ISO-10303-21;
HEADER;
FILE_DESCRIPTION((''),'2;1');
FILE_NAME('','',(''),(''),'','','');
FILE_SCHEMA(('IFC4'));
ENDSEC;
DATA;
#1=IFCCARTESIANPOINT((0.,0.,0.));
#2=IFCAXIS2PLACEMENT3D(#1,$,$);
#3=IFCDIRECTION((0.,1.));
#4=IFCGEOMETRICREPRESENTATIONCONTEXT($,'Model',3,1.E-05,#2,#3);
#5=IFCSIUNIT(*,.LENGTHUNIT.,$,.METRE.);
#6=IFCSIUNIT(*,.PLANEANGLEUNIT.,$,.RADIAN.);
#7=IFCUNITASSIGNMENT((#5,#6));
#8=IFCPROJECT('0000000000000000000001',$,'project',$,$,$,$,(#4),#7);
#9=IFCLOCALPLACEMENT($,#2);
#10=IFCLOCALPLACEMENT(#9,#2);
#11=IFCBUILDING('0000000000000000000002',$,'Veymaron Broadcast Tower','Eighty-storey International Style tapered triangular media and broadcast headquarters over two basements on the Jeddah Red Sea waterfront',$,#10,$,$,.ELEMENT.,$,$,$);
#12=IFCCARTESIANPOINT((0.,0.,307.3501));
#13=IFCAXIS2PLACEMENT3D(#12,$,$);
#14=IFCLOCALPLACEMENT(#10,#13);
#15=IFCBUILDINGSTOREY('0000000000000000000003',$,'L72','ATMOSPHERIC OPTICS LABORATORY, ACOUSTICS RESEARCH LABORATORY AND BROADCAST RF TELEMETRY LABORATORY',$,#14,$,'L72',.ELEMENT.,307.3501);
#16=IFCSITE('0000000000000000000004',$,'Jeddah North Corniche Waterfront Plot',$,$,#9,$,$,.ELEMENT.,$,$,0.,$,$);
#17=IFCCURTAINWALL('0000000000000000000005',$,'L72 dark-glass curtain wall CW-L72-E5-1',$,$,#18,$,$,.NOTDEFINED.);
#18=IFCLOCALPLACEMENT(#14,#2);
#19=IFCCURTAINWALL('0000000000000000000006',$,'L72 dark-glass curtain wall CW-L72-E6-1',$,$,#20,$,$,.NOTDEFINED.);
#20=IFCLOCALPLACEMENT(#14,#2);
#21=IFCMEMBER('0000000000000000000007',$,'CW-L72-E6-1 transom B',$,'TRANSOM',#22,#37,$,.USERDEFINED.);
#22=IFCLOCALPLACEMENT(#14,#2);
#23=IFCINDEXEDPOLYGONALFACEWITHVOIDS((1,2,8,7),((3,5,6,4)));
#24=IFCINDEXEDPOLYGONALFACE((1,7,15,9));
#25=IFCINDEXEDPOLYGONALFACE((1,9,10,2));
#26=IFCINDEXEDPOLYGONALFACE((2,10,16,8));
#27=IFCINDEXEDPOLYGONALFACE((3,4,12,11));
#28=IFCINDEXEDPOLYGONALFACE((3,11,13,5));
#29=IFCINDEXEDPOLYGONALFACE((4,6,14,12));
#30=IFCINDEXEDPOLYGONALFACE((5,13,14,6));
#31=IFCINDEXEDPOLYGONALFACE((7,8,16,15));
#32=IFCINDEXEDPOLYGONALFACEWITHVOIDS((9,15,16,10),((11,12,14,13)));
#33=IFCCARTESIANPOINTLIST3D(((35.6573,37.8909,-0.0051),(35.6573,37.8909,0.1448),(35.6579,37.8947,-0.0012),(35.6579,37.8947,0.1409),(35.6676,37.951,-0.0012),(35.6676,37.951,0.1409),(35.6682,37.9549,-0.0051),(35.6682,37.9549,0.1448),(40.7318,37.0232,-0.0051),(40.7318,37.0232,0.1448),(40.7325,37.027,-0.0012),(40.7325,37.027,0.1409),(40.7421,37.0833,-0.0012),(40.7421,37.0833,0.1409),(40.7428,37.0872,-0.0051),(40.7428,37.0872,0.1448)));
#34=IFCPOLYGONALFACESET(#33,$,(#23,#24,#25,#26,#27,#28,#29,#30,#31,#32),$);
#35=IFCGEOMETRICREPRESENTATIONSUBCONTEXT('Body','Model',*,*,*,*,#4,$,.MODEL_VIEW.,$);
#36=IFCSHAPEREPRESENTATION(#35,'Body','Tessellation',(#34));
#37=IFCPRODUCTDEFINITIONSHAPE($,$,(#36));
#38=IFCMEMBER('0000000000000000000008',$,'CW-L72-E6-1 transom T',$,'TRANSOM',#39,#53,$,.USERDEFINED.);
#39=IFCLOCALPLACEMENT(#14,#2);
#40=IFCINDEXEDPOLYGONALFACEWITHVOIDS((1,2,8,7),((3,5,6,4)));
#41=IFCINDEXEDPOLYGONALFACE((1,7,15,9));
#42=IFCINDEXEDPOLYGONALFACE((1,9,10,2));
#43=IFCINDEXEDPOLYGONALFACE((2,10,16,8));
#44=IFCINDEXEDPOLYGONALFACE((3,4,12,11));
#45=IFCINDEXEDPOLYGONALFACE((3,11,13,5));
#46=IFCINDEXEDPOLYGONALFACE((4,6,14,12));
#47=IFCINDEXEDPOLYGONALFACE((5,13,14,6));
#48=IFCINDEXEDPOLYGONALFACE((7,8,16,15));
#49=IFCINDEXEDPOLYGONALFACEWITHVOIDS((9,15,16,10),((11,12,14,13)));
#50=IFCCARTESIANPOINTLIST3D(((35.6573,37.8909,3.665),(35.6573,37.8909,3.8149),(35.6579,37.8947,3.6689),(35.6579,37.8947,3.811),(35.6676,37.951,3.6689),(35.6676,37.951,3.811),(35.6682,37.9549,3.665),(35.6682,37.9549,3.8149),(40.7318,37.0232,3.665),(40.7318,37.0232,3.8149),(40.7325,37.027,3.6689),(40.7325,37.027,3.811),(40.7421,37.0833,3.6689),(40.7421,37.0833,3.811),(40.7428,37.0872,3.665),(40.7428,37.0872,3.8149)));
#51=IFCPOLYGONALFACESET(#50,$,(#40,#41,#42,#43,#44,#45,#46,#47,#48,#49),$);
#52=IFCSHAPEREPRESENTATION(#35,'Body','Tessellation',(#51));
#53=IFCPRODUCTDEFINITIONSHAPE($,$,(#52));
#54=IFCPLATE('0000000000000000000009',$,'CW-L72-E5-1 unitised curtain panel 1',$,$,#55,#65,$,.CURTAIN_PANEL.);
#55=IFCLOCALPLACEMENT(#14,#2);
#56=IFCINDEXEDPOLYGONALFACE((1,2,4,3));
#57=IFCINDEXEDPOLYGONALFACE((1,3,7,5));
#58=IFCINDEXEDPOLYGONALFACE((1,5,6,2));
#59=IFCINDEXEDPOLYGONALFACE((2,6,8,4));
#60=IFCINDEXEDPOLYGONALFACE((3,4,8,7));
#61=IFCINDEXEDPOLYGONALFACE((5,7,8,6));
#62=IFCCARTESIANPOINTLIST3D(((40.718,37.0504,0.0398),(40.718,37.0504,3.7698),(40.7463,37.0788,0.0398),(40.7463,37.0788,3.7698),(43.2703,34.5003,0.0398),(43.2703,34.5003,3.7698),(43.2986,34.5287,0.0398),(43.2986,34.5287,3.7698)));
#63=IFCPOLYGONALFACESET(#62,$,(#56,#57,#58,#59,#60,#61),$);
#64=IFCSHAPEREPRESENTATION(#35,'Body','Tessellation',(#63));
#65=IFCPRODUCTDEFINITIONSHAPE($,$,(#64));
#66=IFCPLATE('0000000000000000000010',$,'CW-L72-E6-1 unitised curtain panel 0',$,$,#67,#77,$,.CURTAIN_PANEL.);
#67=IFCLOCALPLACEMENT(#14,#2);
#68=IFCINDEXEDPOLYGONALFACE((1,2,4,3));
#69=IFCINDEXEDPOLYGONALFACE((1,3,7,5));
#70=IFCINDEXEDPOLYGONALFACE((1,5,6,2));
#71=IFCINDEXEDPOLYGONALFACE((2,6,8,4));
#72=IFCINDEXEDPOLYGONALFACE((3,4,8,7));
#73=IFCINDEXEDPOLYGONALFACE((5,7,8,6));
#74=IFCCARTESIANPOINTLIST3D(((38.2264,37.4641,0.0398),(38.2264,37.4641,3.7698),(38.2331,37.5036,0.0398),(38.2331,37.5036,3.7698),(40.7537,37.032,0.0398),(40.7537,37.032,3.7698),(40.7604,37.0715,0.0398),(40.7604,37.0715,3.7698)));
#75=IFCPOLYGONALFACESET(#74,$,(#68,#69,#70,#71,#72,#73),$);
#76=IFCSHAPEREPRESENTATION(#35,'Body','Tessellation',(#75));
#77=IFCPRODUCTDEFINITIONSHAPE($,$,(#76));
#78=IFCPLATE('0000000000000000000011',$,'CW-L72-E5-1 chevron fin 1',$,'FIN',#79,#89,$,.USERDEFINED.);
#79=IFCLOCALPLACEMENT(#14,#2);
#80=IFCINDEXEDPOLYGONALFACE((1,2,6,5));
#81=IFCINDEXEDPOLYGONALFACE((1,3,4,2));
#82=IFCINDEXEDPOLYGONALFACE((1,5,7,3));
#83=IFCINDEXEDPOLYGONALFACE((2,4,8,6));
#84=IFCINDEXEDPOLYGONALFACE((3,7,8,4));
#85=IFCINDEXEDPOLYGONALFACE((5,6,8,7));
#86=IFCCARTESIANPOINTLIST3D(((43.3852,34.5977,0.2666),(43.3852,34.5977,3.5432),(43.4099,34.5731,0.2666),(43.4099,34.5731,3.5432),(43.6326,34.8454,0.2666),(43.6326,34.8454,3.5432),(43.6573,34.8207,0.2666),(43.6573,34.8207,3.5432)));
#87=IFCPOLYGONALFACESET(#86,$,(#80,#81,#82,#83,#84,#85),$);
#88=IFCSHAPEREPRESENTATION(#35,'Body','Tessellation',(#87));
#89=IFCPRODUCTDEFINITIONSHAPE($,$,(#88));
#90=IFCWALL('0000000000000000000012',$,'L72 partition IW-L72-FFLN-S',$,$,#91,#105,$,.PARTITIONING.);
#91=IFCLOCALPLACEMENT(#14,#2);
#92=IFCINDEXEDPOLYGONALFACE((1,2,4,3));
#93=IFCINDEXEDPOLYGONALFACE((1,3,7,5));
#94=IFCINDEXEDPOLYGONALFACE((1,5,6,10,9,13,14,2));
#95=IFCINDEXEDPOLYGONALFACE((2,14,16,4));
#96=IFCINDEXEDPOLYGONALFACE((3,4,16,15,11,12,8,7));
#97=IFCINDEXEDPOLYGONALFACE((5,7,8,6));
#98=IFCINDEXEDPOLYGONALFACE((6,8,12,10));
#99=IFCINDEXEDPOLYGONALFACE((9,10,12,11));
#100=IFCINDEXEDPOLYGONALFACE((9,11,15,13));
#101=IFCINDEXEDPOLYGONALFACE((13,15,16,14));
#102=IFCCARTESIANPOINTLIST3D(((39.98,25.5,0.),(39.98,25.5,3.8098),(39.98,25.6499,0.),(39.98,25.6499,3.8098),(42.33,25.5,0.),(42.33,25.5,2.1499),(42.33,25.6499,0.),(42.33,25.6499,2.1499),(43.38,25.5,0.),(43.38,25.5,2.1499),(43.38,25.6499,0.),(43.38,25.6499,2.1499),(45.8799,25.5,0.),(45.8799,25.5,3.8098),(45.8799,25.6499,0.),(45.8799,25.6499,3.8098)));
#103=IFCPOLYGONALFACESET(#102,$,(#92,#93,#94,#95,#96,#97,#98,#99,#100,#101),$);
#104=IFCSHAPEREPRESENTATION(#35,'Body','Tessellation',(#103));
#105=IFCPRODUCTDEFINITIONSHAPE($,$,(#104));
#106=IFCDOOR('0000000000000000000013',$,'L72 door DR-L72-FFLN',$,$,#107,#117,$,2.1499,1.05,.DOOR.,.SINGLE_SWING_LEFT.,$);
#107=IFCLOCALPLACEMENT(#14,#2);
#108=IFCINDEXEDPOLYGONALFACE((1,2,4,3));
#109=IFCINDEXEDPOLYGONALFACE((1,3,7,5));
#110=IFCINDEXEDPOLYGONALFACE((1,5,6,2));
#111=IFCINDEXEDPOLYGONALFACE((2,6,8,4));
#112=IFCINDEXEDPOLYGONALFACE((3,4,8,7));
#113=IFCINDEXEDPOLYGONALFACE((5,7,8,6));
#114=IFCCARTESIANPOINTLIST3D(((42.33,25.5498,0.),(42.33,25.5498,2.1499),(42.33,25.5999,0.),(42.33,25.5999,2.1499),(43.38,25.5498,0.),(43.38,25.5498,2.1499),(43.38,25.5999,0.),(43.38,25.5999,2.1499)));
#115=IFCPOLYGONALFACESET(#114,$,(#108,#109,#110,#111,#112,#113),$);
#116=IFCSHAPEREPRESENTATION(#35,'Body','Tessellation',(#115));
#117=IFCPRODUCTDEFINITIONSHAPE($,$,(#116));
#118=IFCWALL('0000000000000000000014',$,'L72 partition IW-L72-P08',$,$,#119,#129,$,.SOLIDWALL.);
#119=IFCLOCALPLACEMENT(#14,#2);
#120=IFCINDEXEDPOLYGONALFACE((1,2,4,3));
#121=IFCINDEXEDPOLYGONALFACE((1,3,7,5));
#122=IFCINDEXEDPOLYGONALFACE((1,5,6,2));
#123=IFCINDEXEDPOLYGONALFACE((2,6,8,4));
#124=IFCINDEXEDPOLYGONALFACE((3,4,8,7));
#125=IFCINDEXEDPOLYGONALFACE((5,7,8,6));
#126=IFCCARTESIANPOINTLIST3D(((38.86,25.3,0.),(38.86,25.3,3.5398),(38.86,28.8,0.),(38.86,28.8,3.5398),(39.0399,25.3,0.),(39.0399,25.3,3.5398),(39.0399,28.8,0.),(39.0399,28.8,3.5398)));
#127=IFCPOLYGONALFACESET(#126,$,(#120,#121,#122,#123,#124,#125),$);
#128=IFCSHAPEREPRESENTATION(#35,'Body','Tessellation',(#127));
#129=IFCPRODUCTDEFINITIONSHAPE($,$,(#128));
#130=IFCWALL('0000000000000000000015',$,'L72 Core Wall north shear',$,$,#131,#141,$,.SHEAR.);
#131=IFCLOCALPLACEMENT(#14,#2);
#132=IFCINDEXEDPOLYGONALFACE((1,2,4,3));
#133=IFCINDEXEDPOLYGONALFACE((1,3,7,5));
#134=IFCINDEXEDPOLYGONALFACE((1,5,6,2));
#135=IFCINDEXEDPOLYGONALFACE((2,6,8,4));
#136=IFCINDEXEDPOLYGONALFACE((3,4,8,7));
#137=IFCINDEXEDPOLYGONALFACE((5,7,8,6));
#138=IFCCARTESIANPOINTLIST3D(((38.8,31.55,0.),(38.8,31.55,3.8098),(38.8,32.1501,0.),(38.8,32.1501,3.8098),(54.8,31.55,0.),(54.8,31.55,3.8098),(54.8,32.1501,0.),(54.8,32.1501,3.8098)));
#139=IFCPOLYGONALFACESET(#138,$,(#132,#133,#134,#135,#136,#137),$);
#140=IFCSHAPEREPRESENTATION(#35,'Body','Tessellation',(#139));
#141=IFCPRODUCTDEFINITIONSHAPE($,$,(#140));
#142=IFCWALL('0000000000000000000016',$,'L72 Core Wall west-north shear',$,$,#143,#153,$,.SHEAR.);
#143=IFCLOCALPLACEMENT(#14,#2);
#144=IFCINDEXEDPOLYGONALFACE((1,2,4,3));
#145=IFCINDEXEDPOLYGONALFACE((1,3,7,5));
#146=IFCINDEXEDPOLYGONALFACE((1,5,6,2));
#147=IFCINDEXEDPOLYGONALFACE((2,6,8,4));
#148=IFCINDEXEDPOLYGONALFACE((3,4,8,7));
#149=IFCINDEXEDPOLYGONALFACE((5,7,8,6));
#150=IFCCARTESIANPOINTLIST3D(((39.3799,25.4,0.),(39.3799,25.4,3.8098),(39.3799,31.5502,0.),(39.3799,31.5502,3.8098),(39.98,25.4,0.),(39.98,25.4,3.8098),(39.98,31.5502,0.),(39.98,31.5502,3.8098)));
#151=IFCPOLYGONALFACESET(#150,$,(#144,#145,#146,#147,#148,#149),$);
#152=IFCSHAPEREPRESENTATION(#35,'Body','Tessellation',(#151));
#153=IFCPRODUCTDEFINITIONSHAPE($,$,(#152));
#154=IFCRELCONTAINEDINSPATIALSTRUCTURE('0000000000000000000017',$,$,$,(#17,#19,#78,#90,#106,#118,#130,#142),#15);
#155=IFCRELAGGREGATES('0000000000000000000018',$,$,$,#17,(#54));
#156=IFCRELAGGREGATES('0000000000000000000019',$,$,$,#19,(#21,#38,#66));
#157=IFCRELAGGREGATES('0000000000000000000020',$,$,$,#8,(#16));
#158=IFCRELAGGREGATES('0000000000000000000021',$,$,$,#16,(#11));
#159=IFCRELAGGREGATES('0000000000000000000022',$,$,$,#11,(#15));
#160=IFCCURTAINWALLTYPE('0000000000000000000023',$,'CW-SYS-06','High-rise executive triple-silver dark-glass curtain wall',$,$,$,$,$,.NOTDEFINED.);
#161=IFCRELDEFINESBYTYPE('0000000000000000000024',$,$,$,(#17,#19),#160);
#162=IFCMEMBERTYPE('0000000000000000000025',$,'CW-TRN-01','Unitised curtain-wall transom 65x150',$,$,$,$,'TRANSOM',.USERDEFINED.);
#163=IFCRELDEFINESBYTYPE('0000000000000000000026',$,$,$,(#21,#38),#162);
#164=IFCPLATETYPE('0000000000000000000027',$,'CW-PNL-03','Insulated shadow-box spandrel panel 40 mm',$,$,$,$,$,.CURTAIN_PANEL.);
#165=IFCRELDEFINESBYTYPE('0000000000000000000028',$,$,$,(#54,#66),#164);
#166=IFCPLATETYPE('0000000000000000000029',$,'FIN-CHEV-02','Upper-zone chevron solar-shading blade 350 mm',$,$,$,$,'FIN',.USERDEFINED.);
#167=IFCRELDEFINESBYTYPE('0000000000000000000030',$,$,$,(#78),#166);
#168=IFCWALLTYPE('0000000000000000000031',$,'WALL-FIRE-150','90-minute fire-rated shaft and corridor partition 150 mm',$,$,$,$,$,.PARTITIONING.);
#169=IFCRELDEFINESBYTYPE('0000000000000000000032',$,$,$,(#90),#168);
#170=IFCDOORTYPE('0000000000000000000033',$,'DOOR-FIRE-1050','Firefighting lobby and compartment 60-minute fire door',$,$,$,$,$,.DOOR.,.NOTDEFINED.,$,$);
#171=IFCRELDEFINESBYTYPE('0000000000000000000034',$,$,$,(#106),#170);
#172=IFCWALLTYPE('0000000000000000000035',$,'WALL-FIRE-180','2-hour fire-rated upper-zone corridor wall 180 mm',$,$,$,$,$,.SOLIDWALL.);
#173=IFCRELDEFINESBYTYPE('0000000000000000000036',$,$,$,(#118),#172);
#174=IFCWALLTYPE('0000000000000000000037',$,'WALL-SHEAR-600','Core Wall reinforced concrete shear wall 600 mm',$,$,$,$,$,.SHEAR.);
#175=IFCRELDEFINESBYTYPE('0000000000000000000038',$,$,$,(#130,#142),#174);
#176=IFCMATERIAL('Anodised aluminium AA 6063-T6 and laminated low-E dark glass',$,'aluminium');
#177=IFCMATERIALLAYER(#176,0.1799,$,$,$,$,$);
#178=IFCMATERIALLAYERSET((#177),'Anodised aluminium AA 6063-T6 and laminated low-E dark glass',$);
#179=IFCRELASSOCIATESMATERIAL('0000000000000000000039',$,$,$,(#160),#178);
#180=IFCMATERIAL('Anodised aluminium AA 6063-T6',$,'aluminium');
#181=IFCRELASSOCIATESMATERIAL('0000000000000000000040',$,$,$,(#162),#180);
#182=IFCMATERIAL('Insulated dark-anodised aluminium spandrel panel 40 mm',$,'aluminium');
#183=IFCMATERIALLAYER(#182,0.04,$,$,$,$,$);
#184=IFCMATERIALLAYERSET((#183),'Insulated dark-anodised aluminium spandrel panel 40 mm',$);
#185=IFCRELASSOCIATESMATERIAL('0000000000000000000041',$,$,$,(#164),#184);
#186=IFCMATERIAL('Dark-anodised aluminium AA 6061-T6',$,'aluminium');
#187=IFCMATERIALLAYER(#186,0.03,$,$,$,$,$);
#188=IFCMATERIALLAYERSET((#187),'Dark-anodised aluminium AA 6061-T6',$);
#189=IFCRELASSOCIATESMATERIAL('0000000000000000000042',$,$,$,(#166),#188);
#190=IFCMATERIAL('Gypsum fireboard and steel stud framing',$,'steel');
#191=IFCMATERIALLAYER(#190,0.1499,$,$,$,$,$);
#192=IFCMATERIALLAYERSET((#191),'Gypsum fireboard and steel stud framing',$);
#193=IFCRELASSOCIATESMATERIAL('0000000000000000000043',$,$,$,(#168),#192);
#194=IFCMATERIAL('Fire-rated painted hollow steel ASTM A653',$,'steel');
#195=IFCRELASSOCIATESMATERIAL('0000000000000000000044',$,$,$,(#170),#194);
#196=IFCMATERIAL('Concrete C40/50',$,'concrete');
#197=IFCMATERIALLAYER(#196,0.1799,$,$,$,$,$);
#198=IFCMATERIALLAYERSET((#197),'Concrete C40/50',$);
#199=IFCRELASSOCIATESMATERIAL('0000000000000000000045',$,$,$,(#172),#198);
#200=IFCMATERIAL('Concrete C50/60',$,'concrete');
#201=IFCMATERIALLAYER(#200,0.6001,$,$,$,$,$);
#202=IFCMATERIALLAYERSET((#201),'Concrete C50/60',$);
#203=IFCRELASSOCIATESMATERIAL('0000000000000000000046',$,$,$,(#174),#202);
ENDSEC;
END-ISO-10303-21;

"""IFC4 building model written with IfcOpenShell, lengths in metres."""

from ifc_helpers import new_model, si_unit, direction, frame, frame_2d, origin, origin_2d, place, context, subcontext, project, spatial, rectangle, hollow_rectangle, extrude, material, layer, layer_set, material_profile, profile_set, type_object, element, fill, aggregate, save


model = new_model("IFC4")

# Units and contexts
model_context = context("Model", 3, precision=1e-05, world=origin(), true_north=direction((0.0, 1.0)))
body_context = subcontext(model_context, "Body", "Model", "MODEL_VIEW")
ifc_project = project(units=[si_unit("LENGTHUNIT", "METRE"), si_unit("PLANEANGLEUNIT", "RADIAN")], contexts=[model_context])

# Site, building, storey
site_placement = place(None, origin())
site = spatial("IfcSite", under=ifc_project, at=site_placement, Name="Jeddah North Corniche Waterfront Plot", CompositionType="ELEMENT", RefElevation=0.0)
building_placement = place(site_placement, origin())
building = spatial("IfcBuilding", under=site, at=building_placement, Name="Veymaron Broadcast Tower", Description="Eighty-storey International Style tapered triangular media and broadcast headquarters over two basements on the Jeddah Red Sea waterfront", CompositionType="ELEMENT")
storey_placement = place(building_placement, frame((0.0, 0.0, 307.3501)))
storey = spatial("IfcBuildingStorey", under=building, at=storey_placement, Name="L72", Description="ATMOSPHERIC OPTICS LABORATORY, ACOUSTICS RESEARCH LABORATORY AND BROADCAST RF TELEMETRY LABORATORY", LongName="L72", CompositionType="ELEMENT", Elevation=307.3501)

# Curtain walls, members
ifc_material_1 = material(Name="Anodised aluminium AA 6063-T6 and laminated low-E dark glass", Category="aluminium")
ifc_layer_1 = layer(ifc_material_1, 0.1799)
ifc_layer_set_1 = layer_set([ifc_layer_1], Name="Anodised aluminium AA 6063-T6 and laminated low-E dark glass")
curtain_wall_type = type_object("IfcCurtainWallType", Name="CW-SYS-06", Description="High-rise executive triple-silver dark-glass curtain wall", PredefinedType="NOTDEFINED", material=ifc_layer_set_1)
curtain_wall_1_placement = place(storey_placement, origin())
curtain_wall_1 = element("IfcCurtainWall", 1, at=curtain_wall_1_placement, inside=storey, type_object=curtain_wall_type, Name="L72 dark-glass curtain wall CW-L72-E5-1", PredefinedType="NOTDEFINED")
ifc_material_2 = material(Name="Anodised aluminium AA 6063-T6", Category="aluminium")
curtain_wall_2_placement = place(storey_placement, origin())
curtain_wall_2 = element("IfcCurtainWall", 2, at=curtain_wall_2_placement, inside=storey, type_object=curtain_wall_type, Name="L72 dark-glass curtain wall CW-L72-E6-1", PredefinedType="NOTDEFINED")
ifc_material_profile_1 = material_profile(ifc_material_2, hollow_rectangle(XDim=0.0649, YDim=0.1499, WallThickness=0.0039, at=origin_2d()), Name="AL150X65X4")
ifc_profile_set_1 = profile_set([ifc_material_profile_1], Name="Anodised aluminium AA 6063-T6")
member_type_1 = type_object("IfcMemberType", Name="CW-TRN-01", Description="Unitised curtain-wall transom 65x150", ElementType="TRANSOM", PredefinedType="USERDEFINED", material=ifc_profile_set_1)
member_1_placement = place(storey_placement, frame((40.7373, 37.0552, 0.0698), z_axis=(-0.985694, 0.168543, 0.0), x_axis=(-0.168543, -0.985694, 0.0)))
member_1 = element("IfcMember", 3, at=member_1_placement, type_object=member_type_1, Name="CW-L72-E6-1 transom B", ObjectType="TRANSOM", PredefinedType="USERDEFINED", context=body_context, shape_type="SweptSolid", body=[
    extrude(hollow_rectangle(XDim=0.0649, YDim=0.1499, WallThickness=0.0039, at=origin_2d()), origin(), (0.0, 0.0, 1.0), 5.1482),
])
member_2_placement = place(storey_placement, frame((40.7373, 37.0552, 3.74), z_axis=(-0.985694, 0.168543, 0.0), x_axis=(-0.168543, -0.985694, 0.0)))
member_2 = element("IfcMember", 4, at=member_2_placement, type_object=member_type_1, Name="CW-L72-E6-1 transom T", ObjectType="TRANSOM", PredefinedType="USERDEFINED", context=body_context, shape_type="SweptSolid", body=[
    extrude(hollow_rectangle(XDim=0.0649, YDim=0.1499, WallThickness=0.0039, at=origin_2d()), origin(), (0.0, 0.0, 1.0), 5.1482),
])

# Plates
ifc_material_3 = material(Name="Insulated dark-anodised aluminium spandrel panel 40 mm", Category="aluminium")
ifc_layer_2 = layer(ifc_material_3, 0.04)
ifc_layer_set_2 = layer_set([ifc_layer_2], Name="Insulated dark-anodised aluminium spandrel panel 40 mm")
plate_type_1 = type_object("IfcPlateType", Name="CW-PNL-03", Description="Insulated shadow-box spandrel panel 40 mm", PredefinedType="CURTAIN_PANEL", material=ifc_layer_set_2)
plate_1_placement = place(storey_placement, frame((42.0083, 35.7896, 0.0398), z_axis=(0.0, 0.0, 1.0), x_axis=(-0.707403, 0.706811, 0.0)))
plate_1 = element("IfcPlate", 5, at=plate_1_placement, type_object=plate_type_1, Name="CW-L72-E5-1 unitised curtain panel 1", PredefinedType="CURTAIN_PANEL", context=body_context, shape_type="SweptSolid", body=[
    extrude(rectangle(XDim=3.6079, YDim=0.04, at=origin_2d()), origin(), (0.0, 0.0, 1.0), 3.73),
])
aggregate(curtain_wall_1, [plate_1])
plate_2_placement = place(storey_placement, frame((39.4934, 37.2678, 0.0398), z_axis=(0.0, 0.0, 1.0), x_axis=(-0.985698, 0.168524, 0.0)))
plate_2 = element("IfcPlate", 6, at=plate_2_placement, type_object=plate_type_1, Name="CW-L72-E6-1 unitised curtain panel 0", PredefinedType="CURTAIN_PANEL", context=body_context, shape_type="SweptSolid", body=[
    extrude(rectangle(XDim=2.564, YDim=0.04, at=origin_2d()), origin(), (0.0, 0.0, 1.0), 3.73),
])
aggregate(curtain_wall_2, [member_1, member_2, plate_2])
ifc_material_4 = material(Name="Dark-anodised aluminium AA 6061-T6", Category="aluminium")
ifc_layer_3 = layer(ifc_material_4, 0.03)
ifc_layer_set_3 = layer_set([ifc_layer_3], Name="Dark-anodised aluminium AA 6061-T6")
plate_type_2 = type_object("IfcPlateType", Name="FIN-CHEV-02", Description="Upper-zone chevron solar-shading blade 350 mm", ElementType="FIN", PredefinedType="USERDEFINED", material=ifc_layer_set_3)
plate_3_placement = place(storey_placement, frame((43.5212, 34.7092, 0.2666), z_axis=(0.0, 0.0, 1.0), x_axis=(0.706811, 0.707403, 0.0)))
element("IfcPlate", 7, at=plate_3_placement, inside=storey, type_object=plate_type_2, Name="CW-L72-E5-1 chevron fin 1", ObjectType="FIN", PredefinedType="USERDEFINED", context=body_context, shape_type="SweptSolid", body=[
    extrude(rectangle(XDim=0.3501, YDim=0.0349, at=origin_2d()), origin(), (0.0, 0.0, 1.0), 3.2766),
])

# Wall, opening, door
ifc_material_5 = material(Name="Gypsum fireboard and steel stud framing", Category="steel")
ifc_layer_4 = layer(ifc_material_5, 0.1499)
ifc_layer_set_4 = layer_set([ifc_layer_4], Name="Gypsum fireboard and steel stud framing")
wall_type_1 = type_object("IfcWallType", Name="WALL-FIRE-150", Description="90-minute fire-rated shaft and corridor partition 150 mm", PredefinedType="PARTITIONING", material=ifc_layer_set_4)
wall_1_placement = place(storey_placement, frame((39.98, 25.575, 0.0), z_axis=(0.0, 0.0, 1.0), x_axis=(1.0, 0.0, 0.0)))
wall_1 = element("IfcWall", 8, at=wall_1_placement, inside=storey, type_object=wall_type_1, Name="L72 partition IW-L72-FFLN-S", PredefinedType="PARTITIONING", context=body_context, shape_type="SweptSolid", body=[
    extrude(rectangle(XDim=5.8999, YDim=0.1499, at=frame_2d((2.95, 0.0))), origin(), (0.0, 0.0, 1.0), 3.8098),
])
opening_1_placement = place(wall_1_placement, frame((2.3501, 0.0, 0.0)))
opening_1 = element("IfcOpeningElement", 9, at=opening_1_placement, cuts=wall_1, PredefinedType="OPENING", context=body_context, shape_type="SweptSolid", body=[
    extrude(rectangle(XDim=1.05, YDim=2.1499, at=frame_2d((0.5249, 1.075))), frame((0.0, 0.085, 0.0), z_axis=(0.0, -1.0, 0.0), x_axis=(1.0, 0.0, 0.0)), (0.0, 0.0, 1.0), 0.1699),
])
ifc_material_6 = material(Name="Fire-rated painted hollow steel ASTM A653", Category="steel")
door_type_1 = type_object("IfcDoorType", Name="DOOR-FIRE-1050", Description="Firefighting lobby and compartment 60-minute fire door", OperationType="NOTDEFINED", PredefinedType="DOOR", material=ifc_material_6)
door_1_placement = place(opening_1_placement, origin())
door_1 = element("IfcDoor", 10, at=door_1_placement, inside=storey, type_object=door_type_1, Name="L72 door DR-L72-FFLN", OperationType="SINGLE_SWING_LEFT", OverallHeight=2.1499, OverallWidth=1.05, PredefinedType="DOOR", context=body_context, shape_type="SweptSolid", body=[
    extrude(rectangle(XDim=1.05, YDim=2.1499, at=frame_2d((0.5249, 1.075))), frame((0.0, 0.0249, 0.0), z_axis=(0.0, -1.0, 0.0), x_axis=(1.0, 0.0, 0.0)), (0.0, 0.0, 1.0), 0.05),
])
fill(opening_1, door_1)

# Wall
ifc_material_7 = material(Name="Concrete C40/50", Category="concrete")
ifc_layer_5 = layer(ifc_material_7, 0.1799)
ifc_layer_set_5 = layer_set([ifc_layer_5], Name="Concrete C40/50")
wall_type_2 = type_object("IfcWallType", Name="WALL-FIRE-180", Description="2-hour fire-rated upper-zone corridor wall 180 mm", PredefinedType="SOLIDWALL", material=ifc_layer_set_5)
wall_2_placement = place(storey_placement, frame((38.95, 25.3, 0.0), z_axis=(0.0, 0.0, 1.0), x_axis=(0.0, 1.0, 0.0)))
element("IfcWall", 11, at=wall_2_placement, inside=storey, type_object=wall_type_2, Name="L72 partition IW-L72-P08", PredefinedType="SOLIDWALL", context=body_context, shape_type="SweptSolid", body=[
    extrude(rectangle(XDim=3.5, YDim=0.1799, at=frame_2d((1.75, 0.0))), origin(), (0.0, 0.0, 1.0), 3.5398),
])

# Shared definitions
ifc_material_8 = material(Name="Concrete C50/60", Category="concrete")

# Walls
ifc_layer_6 = layer(ifc_material_8, 0.6001)
ifc_layer_set_6 = layer_set([ifc_layer_6], Name="Concrete C50/60")
wall_type_3 = type_object("IfcWallType", Name="WALL-SHEAR-600", Description="Core Wall reinforced concrete shear wall 600 mm", PredefinedType="SHEAR", material=ifc_layer_set_6)
wall_3_placement = place(storey_placement, frame((38.8, 31.8501, 0.0), z_axis=(0.0, 0.0, 1.0), x_axis=(1.0, 0.0, 0.0)))
element("IfcWall", 12, at=wall_3_placement, inside=storey, type_object=wall_type_3, Name="L72 Core Wall north shear", PredefinedType="SHEAR", context=body_context, shape_type="SweptSolid", body=[
    extrude(rectangle(XDim=16.0, YDim=0.6001, at=frame_2d((8.0, 0.0))), origin(), (0.0, 0.0, 1.0), 3.8098),
])
wall_4_placement = place(storey_placement, frame((39.6799, 25.3999, 0.0), z_axis=(0.0, 0.0, 1.0), x_axis=(0.0, 1.0, 0.0)))
element("IfcWall", 13, at=wall_4_placement, inside=storey, type_object=wall_type_3, Name="L72 Core Wall west-north shear", PredefinedType="SHEAR", context=body_context, shape_type="SweptSolid", body=[
    extrude(rectangle(XDim=6.1501, YDim=0.6001, at=frame_2d((3.0752, 0.0))), origin(), (0.0, 0.0, 1.0), 3.8098),
])

save(model, "model.ifc")
